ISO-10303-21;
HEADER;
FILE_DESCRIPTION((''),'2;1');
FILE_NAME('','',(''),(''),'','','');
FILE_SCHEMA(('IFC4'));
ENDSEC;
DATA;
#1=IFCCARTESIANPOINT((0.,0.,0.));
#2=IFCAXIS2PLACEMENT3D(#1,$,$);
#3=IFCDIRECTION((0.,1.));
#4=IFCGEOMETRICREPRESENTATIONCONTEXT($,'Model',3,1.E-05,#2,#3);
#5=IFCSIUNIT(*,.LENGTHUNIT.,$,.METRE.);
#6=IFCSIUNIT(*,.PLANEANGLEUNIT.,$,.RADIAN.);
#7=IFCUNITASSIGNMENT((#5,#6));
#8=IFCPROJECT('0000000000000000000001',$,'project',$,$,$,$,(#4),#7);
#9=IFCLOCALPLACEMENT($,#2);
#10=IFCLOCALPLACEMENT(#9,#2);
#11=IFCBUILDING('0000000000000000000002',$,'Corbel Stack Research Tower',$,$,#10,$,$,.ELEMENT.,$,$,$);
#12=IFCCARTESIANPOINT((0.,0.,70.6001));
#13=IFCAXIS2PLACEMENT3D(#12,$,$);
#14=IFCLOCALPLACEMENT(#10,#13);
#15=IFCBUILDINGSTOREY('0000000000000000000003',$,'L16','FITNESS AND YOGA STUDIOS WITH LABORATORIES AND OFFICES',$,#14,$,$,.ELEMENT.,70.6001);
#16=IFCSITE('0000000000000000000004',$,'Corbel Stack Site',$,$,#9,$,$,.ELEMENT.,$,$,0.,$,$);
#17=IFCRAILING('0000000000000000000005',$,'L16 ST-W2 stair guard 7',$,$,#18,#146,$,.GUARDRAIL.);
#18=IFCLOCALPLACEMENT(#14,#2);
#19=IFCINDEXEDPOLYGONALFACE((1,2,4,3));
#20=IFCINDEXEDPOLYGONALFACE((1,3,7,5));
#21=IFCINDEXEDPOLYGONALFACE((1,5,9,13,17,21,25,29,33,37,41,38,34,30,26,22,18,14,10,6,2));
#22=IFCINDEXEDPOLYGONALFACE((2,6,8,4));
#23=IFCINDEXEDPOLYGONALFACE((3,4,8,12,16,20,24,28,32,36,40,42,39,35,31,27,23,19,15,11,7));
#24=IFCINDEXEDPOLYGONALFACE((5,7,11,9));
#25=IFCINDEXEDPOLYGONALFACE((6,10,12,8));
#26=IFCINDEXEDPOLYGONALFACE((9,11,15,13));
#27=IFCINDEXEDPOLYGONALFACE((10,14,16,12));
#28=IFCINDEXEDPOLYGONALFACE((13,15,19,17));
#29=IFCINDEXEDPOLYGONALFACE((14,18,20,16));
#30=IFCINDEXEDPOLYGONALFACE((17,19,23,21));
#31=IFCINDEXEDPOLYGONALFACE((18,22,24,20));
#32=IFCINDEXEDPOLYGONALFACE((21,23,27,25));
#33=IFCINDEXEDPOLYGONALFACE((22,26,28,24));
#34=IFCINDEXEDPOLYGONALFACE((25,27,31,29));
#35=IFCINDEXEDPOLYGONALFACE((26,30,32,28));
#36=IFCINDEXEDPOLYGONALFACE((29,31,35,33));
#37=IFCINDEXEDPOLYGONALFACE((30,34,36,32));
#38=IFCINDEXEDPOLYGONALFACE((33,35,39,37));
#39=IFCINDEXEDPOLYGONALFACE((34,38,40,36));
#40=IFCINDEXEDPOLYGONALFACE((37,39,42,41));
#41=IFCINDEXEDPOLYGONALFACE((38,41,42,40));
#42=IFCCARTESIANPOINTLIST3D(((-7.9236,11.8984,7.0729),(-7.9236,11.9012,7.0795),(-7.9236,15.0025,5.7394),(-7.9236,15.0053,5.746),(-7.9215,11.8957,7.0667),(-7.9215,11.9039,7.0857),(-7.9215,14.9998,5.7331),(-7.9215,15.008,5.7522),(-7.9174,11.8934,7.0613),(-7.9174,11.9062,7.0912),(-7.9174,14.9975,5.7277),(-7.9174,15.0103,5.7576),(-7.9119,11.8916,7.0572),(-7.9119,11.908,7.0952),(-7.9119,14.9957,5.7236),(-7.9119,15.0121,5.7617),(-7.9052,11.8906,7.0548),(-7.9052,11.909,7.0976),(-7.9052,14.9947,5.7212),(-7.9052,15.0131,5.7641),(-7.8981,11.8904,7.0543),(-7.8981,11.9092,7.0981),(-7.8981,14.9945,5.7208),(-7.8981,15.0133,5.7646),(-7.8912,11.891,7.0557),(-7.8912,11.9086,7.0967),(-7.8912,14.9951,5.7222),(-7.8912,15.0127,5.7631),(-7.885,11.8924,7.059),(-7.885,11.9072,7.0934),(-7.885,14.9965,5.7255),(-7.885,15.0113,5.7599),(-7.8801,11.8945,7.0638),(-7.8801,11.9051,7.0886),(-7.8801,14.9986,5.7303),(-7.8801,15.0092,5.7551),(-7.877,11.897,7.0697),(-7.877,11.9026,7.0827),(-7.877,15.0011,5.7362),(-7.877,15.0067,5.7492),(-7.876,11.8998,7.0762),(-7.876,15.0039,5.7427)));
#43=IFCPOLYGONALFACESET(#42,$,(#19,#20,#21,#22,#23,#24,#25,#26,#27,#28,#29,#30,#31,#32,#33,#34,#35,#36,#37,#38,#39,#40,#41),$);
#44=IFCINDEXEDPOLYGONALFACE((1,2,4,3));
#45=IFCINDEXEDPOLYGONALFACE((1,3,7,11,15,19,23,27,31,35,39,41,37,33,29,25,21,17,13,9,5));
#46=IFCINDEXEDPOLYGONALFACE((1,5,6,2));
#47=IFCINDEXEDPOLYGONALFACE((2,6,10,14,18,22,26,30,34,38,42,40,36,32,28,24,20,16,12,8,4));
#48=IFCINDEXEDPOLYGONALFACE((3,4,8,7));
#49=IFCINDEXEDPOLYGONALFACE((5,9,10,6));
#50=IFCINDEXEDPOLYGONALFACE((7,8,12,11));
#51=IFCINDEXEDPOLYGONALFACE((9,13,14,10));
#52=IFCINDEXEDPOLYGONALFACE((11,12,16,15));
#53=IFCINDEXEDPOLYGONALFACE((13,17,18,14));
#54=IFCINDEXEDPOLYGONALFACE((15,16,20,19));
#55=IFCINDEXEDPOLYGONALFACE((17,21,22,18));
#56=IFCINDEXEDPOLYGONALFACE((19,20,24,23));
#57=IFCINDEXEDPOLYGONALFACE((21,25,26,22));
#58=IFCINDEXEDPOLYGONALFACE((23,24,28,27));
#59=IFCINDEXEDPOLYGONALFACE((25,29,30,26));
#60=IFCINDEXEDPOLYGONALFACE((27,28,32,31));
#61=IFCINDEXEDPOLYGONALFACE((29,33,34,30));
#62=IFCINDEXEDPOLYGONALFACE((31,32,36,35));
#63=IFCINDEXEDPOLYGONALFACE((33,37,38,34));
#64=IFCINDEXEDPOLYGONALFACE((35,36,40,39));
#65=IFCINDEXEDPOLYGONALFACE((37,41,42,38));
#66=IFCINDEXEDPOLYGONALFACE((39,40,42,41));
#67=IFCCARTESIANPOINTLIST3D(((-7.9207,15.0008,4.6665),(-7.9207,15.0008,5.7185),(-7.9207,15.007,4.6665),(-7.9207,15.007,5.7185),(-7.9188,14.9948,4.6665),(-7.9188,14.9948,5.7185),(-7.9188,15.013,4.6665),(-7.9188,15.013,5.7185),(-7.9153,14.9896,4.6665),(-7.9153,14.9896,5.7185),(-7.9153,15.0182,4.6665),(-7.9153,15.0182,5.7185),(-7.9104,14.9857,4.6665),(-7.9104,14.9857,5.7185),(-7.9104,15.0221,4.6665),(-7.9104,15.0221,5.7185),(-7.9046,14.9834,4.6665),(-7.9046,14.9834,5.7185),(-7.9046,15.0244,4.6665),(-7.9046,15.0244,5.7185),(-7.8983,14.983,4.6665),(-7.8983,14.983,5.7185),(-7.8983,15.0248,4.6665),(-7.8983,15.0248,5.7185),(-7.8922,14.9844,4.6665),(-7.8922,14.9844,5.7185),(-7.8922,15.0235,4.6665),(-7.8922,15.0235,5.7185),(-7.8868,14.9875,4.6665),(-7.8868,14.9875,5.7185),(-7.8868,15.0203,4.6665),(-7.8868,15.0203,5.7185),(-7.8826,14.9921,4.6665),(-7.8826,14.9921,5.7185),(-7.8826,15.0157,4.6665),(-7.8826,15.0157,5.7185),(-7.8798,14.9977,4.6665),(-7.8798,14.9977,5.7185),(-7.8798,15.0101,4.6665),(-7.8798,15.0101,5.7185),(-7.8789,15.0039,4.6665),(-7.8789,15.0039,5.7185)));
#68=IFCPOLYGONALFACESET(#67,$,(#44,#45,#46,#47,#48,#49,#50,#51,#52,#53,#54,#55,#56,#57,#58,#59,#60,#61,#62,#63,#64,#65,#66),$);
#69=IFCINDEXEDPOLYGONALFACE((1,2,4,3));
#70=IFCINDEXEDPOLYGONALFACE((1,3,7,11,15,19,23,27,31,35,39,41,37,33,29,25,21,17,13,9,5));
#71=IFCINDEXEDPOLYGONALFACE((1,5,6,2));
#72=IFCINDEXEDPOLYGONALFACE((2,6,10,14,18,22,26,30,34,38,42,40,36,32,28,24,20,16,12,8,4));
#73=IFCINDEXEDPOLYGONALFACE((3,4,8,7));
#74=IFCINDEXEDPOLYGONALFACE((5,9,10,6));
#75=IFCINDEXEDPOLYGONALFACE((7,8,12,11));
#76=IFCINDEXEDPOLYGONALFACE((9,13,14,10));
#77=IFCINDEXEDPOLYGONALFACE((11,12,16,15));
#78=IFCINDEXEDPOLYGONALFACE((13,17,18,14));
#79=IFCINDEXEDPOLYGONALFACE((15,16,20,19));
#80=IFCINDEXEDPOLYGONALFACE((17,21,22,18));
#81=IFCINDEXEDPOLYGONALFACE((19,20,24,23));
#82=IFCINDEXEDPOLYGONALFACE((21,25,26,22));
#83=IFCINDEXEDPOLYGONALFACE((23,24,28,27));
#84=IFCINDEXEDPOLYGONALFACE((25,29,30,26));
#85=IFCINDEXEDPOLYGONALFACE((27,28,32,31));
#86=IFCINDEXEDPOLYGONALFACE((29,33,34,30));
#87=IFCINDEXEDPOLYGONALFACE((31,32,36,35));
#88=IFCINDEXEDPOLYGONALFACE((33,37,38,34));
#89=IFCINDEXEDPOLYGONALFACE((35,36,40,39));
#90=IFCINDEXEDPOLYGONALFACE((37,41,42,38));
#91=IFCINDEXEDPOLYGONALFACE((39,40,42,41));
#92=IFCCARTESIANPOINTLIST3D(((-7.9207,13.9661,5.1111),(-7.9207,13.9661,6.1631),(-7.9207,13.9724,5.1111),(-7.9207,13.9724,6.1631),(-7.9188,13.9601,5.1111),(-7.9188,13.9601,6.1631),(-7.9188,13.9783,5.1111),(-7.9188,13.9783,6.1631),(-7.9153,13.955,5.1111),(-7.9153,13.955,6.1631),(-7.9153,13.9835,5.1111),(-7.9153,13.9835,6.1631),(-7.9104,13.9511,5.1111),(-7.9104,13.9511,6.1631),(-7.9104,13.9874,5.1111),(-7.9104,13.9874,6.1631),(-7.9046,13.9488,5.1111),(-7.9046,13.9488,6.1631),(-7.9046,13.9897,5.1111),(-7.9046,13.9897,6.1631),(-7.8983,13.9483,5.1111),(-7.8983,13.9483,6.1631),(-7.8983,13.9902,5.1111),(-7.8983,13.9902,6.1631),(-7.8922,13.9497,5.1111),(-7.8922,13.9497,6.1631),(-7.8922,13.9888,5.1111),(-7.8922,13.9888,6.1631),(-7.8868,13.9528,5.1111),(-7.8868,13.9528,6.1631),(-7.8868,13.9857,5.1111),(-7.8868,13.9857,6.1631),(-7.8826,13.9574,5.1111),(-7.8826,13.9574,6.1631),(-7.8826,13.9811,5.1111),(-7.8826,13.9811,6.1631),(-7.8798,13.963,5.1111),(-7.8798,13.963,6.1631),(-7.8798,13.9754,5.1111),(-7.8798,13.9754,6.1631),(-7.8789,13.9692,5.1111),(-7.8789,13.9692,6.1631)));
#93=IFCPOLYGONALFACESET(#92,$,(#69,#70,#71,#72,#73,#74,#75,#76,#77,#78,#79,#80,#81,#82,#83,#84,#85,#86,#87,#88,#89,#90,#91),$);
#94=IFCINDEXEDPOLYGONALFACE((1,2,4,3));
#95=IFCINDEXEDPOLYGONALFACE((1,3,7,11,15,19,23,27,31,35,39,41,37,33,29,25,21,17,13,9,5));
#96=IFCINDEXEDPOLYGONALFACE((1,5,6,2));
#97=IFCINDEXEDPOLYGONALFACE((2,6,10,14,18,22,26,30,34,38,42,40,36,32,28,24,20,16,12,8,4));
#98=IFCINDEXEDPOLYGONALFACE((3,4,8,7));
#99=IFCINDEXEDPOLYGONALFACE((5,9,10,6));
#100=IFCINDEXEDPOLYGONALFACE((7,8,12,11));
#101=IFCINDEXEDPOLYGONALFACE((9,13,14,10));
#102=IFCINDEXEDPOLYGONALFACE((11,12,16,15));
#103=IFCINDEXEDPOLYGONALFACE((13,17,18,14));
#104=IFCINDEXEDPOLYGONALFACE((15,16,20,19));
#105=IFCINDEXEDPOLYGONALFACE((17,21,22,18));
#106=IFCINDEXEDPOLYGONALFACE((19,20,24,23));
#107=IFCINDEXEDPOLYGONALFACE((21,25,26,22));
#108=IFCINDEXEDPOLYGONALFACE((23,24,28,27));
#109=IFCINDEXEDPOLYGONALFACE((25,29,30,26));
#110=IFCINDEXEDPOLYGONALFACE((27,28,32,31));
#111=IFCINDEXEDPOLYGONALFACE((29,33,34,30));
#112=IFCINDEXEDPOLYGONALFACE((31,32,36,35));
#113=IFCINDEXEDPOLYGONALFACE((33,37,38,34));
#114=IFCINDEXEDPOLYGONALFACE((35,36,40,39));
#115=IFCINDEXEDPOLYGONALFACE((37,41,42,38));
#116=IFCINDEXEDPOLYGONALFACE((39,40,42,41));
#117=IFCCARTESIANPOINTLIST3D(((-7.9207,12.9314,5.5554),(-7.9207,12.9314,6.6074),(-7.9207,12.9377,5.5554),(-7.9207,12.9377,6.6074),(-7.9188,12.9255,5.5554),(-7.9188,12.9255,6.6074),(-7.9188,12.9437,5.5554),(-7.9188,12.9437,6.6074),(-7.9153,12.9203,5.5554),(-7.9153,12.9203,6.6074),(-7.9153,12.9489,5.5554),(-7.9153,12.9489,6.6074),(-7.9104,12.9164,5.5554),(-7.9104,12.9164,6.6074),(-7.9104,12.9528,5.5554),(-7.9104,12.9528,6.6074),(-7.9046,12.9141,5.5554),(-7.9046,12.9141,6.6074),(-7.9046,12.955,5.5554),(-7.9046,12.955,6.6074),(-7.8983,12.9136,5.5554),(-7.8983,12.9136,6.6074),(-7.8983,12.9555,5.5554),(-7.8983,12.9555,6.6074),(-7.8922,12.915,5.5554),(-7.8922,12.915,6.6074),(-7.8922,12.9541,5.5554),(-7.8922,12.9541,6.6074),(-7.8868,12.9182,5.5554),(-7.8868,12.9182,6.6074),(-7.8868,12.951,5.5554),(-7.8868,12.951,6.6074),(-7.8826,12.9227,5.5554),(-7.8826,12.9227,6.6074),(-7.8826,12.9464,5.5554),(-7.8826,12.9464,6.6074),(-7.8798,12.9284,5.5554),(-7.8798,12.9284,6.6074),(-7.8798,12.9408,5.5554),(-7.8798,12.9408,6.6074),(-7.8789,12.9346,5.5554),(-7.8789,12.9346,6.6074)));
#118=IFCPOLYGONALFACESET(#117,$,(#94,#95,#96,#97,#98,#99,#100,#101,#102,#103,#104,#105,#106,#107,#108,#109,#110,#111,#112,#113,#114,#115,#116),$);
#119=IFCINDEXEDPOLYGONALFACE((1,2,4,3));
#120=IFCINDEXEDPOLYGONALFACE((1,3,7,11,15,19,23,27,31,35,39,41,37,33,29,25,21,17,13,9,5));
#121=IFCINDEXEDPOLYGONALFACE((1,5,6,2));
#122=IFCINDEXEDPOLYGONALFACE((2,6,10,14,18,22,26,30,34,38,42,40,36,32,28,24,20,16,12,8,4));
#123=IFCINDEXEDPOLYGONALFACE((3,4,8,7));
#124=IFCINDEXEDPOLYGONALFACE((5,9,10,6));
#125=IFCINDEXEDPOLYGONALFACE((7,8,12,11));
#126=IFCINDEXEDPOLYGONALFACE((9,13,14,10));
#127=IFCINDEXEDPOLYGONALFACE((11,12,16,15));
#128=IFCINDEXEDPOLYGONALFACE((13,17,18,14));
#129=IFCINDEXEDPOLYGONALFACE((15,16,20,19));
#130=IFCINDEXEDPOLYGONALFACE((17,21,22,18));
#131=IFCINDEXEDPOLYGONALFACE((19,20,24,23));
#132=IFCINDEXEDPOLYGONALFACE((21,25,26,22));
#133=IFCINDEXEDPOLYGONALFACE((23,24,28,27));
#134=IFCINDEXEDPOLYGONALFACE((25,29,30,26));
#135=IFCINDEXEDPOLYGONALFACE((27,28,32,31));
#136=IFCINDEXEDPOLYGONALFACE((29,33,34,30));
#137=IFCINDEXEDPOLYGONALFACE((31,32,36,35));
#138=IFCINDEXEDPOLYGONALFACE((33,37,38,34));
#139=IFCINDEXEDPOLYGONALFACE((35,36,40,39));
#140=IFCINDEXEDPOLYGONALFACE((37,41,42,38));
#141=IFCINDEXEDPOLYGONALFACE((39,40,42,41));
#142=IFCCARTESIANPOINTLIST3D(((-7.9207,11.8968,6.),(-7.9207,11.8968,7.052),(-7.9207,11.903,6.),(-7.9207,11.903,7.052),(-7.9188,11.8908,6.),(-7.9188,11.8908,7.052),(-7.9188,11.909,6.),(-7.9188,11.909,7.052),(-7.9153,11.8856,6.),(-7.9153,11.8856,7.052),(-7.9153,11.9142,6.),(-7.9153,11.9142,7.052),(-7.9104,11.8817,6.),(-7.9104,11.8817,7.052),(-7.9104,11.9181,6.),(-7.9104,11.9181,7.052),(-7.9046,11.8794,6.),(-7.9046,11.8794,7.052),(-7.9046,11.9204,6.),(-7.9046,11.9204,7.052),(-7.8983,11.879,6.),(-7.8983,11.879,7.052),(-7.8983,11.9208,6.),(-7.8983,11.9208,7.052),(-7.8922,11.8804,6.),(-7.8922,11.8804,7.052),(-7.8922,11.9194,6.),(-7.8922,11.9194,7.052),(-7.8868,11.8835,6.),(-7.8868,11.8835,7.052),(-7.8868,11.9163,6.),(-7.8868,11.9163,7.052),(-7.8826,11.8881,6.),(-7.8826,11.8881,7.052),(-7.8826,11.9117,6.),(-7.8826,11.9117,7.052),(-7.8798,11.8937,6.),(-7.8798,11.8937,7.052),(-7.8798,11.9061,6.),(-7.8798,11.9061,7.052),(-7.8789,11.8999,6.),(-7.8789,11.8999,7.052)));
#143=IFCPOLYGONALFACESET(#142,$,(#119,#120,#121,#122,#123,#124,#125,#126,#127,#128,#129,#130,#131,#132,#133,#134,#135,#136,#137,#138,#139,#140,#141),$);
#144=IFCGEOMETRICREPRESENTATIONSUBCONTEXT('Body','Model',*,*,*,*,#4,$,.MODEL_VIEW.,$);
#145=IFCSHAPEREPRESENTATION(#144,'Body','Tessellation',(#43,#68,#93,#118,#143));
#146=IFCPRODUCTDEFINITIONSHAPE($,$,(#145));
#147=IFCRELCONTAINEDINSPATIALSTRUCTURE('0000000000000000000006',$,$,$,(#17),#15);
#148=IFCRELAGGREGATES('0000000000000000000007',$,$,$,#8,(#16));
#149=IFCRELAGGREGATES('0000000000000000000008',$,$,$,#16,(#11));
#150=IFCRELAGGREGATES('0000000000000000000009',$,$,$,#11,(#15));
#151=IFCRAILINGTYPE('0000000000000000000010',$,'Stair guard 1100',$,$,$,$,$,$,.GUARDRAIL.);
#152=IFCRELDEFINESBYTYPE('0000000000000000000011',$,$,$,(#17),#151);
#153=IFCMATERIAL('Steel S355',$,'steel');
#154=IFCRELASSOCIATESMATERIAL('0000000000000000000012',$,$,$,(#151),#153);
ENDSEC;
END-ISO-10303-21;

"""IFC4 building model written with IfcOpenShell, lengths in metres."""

from ifc_helpers import new_model, si_unit, direction, frame, origin, origin_2d, place, context, subcontext, project, spatial, circle, extrude, material, type_object, element, save


model = new_model("IFC4")

# Units and contexts
model_context = context("Model", 3, precision=1e-05, world=origin(), true_north=direction((0.0, 1.0)))
body_context = subcontext(model_context, "Body", "Model", "MODEL_VIEW")
ifc_project = project(units=[si_unit("LENGTHUNIT", "METRE"), si_unit("PLANEANGLEUNIT", "RADIAN")], contexts=[model_context])

# Site, building, storey
site_placement = place(None, origin())
site = spatial("IfcSite", under=ifc_project, at=site_placement, Name="Corbel Stack Site", CompositionType="ELEMENT", RefElevation=0.0)
building_placement = place(site_placement, origin())
building = spatial("IfcBuilding", under=site, at=building_placement, Name="Corbel Stack Research Tower", CompositionType="ELEMENT")
storey_placement = place(building_placement, frame((0.0, 0.0, 70.6001)))
storey = spatial("IfcBuildingStorey", under=building, at=storey_placement, Name="L16", Description="FITNESS AND YOGA STUDIOS WITH LABORATORIES AND OFFICES", CompositionType="ELEMENT", Elevation=70.6001)

# Railing
ifc_material_1 = material(Name="Steel S355", Category="steel")
railing_type_1 = type_object("IfcRailingType", Name="Stair guard 1100", PredefinedType="GUARDRAIL", material=ifc_material_1)
railing_1_placement = place(storey_placement, frame((-7.8999, 15.0039, 4.6665)))
element("IfcRailing", 1, at=railing_1_placement, inside=storey, type_object=railing_type_1, Name="L16 ST-W2 stair guard 7", PredefinedType="GUARDRAIL", context=body_context, shape_type="SweptSolid", body=[
    extrude(circle(Radius=0.0239, at=origin_2d()), frame((0.0, 0.0, 1.0762), z_axis=(0.0, -0.918801, 0.394722), x_axis=(1.0, 0.0, 0.0)), (0.0, 0.0, 1.0), 3.3784),
    extrude(circle(Radius=0.021, at=origin_2d()), origin(), (0.0, 0.0, 1.0), 1.052),
    extrude(circle(Radius=0.021, at=origin_2d()), frame((0.0, -1.0347, 0.4446)), (0.0, 0.0, 1.0), 1.052),
    extrude(circle(Radius=0.021, at=origin_2d()), frame((0.0, -2.0693, 0.8889)), (0.0, 0.0, 1.0), 1.052),
    extrude(circle(Radius=0.021, at=origin_2d()), frame((0.0, -3.104, 1.3335)), (0.0, 0.0, 1.0), 1.052),
])

save(model, "model.ifc")
